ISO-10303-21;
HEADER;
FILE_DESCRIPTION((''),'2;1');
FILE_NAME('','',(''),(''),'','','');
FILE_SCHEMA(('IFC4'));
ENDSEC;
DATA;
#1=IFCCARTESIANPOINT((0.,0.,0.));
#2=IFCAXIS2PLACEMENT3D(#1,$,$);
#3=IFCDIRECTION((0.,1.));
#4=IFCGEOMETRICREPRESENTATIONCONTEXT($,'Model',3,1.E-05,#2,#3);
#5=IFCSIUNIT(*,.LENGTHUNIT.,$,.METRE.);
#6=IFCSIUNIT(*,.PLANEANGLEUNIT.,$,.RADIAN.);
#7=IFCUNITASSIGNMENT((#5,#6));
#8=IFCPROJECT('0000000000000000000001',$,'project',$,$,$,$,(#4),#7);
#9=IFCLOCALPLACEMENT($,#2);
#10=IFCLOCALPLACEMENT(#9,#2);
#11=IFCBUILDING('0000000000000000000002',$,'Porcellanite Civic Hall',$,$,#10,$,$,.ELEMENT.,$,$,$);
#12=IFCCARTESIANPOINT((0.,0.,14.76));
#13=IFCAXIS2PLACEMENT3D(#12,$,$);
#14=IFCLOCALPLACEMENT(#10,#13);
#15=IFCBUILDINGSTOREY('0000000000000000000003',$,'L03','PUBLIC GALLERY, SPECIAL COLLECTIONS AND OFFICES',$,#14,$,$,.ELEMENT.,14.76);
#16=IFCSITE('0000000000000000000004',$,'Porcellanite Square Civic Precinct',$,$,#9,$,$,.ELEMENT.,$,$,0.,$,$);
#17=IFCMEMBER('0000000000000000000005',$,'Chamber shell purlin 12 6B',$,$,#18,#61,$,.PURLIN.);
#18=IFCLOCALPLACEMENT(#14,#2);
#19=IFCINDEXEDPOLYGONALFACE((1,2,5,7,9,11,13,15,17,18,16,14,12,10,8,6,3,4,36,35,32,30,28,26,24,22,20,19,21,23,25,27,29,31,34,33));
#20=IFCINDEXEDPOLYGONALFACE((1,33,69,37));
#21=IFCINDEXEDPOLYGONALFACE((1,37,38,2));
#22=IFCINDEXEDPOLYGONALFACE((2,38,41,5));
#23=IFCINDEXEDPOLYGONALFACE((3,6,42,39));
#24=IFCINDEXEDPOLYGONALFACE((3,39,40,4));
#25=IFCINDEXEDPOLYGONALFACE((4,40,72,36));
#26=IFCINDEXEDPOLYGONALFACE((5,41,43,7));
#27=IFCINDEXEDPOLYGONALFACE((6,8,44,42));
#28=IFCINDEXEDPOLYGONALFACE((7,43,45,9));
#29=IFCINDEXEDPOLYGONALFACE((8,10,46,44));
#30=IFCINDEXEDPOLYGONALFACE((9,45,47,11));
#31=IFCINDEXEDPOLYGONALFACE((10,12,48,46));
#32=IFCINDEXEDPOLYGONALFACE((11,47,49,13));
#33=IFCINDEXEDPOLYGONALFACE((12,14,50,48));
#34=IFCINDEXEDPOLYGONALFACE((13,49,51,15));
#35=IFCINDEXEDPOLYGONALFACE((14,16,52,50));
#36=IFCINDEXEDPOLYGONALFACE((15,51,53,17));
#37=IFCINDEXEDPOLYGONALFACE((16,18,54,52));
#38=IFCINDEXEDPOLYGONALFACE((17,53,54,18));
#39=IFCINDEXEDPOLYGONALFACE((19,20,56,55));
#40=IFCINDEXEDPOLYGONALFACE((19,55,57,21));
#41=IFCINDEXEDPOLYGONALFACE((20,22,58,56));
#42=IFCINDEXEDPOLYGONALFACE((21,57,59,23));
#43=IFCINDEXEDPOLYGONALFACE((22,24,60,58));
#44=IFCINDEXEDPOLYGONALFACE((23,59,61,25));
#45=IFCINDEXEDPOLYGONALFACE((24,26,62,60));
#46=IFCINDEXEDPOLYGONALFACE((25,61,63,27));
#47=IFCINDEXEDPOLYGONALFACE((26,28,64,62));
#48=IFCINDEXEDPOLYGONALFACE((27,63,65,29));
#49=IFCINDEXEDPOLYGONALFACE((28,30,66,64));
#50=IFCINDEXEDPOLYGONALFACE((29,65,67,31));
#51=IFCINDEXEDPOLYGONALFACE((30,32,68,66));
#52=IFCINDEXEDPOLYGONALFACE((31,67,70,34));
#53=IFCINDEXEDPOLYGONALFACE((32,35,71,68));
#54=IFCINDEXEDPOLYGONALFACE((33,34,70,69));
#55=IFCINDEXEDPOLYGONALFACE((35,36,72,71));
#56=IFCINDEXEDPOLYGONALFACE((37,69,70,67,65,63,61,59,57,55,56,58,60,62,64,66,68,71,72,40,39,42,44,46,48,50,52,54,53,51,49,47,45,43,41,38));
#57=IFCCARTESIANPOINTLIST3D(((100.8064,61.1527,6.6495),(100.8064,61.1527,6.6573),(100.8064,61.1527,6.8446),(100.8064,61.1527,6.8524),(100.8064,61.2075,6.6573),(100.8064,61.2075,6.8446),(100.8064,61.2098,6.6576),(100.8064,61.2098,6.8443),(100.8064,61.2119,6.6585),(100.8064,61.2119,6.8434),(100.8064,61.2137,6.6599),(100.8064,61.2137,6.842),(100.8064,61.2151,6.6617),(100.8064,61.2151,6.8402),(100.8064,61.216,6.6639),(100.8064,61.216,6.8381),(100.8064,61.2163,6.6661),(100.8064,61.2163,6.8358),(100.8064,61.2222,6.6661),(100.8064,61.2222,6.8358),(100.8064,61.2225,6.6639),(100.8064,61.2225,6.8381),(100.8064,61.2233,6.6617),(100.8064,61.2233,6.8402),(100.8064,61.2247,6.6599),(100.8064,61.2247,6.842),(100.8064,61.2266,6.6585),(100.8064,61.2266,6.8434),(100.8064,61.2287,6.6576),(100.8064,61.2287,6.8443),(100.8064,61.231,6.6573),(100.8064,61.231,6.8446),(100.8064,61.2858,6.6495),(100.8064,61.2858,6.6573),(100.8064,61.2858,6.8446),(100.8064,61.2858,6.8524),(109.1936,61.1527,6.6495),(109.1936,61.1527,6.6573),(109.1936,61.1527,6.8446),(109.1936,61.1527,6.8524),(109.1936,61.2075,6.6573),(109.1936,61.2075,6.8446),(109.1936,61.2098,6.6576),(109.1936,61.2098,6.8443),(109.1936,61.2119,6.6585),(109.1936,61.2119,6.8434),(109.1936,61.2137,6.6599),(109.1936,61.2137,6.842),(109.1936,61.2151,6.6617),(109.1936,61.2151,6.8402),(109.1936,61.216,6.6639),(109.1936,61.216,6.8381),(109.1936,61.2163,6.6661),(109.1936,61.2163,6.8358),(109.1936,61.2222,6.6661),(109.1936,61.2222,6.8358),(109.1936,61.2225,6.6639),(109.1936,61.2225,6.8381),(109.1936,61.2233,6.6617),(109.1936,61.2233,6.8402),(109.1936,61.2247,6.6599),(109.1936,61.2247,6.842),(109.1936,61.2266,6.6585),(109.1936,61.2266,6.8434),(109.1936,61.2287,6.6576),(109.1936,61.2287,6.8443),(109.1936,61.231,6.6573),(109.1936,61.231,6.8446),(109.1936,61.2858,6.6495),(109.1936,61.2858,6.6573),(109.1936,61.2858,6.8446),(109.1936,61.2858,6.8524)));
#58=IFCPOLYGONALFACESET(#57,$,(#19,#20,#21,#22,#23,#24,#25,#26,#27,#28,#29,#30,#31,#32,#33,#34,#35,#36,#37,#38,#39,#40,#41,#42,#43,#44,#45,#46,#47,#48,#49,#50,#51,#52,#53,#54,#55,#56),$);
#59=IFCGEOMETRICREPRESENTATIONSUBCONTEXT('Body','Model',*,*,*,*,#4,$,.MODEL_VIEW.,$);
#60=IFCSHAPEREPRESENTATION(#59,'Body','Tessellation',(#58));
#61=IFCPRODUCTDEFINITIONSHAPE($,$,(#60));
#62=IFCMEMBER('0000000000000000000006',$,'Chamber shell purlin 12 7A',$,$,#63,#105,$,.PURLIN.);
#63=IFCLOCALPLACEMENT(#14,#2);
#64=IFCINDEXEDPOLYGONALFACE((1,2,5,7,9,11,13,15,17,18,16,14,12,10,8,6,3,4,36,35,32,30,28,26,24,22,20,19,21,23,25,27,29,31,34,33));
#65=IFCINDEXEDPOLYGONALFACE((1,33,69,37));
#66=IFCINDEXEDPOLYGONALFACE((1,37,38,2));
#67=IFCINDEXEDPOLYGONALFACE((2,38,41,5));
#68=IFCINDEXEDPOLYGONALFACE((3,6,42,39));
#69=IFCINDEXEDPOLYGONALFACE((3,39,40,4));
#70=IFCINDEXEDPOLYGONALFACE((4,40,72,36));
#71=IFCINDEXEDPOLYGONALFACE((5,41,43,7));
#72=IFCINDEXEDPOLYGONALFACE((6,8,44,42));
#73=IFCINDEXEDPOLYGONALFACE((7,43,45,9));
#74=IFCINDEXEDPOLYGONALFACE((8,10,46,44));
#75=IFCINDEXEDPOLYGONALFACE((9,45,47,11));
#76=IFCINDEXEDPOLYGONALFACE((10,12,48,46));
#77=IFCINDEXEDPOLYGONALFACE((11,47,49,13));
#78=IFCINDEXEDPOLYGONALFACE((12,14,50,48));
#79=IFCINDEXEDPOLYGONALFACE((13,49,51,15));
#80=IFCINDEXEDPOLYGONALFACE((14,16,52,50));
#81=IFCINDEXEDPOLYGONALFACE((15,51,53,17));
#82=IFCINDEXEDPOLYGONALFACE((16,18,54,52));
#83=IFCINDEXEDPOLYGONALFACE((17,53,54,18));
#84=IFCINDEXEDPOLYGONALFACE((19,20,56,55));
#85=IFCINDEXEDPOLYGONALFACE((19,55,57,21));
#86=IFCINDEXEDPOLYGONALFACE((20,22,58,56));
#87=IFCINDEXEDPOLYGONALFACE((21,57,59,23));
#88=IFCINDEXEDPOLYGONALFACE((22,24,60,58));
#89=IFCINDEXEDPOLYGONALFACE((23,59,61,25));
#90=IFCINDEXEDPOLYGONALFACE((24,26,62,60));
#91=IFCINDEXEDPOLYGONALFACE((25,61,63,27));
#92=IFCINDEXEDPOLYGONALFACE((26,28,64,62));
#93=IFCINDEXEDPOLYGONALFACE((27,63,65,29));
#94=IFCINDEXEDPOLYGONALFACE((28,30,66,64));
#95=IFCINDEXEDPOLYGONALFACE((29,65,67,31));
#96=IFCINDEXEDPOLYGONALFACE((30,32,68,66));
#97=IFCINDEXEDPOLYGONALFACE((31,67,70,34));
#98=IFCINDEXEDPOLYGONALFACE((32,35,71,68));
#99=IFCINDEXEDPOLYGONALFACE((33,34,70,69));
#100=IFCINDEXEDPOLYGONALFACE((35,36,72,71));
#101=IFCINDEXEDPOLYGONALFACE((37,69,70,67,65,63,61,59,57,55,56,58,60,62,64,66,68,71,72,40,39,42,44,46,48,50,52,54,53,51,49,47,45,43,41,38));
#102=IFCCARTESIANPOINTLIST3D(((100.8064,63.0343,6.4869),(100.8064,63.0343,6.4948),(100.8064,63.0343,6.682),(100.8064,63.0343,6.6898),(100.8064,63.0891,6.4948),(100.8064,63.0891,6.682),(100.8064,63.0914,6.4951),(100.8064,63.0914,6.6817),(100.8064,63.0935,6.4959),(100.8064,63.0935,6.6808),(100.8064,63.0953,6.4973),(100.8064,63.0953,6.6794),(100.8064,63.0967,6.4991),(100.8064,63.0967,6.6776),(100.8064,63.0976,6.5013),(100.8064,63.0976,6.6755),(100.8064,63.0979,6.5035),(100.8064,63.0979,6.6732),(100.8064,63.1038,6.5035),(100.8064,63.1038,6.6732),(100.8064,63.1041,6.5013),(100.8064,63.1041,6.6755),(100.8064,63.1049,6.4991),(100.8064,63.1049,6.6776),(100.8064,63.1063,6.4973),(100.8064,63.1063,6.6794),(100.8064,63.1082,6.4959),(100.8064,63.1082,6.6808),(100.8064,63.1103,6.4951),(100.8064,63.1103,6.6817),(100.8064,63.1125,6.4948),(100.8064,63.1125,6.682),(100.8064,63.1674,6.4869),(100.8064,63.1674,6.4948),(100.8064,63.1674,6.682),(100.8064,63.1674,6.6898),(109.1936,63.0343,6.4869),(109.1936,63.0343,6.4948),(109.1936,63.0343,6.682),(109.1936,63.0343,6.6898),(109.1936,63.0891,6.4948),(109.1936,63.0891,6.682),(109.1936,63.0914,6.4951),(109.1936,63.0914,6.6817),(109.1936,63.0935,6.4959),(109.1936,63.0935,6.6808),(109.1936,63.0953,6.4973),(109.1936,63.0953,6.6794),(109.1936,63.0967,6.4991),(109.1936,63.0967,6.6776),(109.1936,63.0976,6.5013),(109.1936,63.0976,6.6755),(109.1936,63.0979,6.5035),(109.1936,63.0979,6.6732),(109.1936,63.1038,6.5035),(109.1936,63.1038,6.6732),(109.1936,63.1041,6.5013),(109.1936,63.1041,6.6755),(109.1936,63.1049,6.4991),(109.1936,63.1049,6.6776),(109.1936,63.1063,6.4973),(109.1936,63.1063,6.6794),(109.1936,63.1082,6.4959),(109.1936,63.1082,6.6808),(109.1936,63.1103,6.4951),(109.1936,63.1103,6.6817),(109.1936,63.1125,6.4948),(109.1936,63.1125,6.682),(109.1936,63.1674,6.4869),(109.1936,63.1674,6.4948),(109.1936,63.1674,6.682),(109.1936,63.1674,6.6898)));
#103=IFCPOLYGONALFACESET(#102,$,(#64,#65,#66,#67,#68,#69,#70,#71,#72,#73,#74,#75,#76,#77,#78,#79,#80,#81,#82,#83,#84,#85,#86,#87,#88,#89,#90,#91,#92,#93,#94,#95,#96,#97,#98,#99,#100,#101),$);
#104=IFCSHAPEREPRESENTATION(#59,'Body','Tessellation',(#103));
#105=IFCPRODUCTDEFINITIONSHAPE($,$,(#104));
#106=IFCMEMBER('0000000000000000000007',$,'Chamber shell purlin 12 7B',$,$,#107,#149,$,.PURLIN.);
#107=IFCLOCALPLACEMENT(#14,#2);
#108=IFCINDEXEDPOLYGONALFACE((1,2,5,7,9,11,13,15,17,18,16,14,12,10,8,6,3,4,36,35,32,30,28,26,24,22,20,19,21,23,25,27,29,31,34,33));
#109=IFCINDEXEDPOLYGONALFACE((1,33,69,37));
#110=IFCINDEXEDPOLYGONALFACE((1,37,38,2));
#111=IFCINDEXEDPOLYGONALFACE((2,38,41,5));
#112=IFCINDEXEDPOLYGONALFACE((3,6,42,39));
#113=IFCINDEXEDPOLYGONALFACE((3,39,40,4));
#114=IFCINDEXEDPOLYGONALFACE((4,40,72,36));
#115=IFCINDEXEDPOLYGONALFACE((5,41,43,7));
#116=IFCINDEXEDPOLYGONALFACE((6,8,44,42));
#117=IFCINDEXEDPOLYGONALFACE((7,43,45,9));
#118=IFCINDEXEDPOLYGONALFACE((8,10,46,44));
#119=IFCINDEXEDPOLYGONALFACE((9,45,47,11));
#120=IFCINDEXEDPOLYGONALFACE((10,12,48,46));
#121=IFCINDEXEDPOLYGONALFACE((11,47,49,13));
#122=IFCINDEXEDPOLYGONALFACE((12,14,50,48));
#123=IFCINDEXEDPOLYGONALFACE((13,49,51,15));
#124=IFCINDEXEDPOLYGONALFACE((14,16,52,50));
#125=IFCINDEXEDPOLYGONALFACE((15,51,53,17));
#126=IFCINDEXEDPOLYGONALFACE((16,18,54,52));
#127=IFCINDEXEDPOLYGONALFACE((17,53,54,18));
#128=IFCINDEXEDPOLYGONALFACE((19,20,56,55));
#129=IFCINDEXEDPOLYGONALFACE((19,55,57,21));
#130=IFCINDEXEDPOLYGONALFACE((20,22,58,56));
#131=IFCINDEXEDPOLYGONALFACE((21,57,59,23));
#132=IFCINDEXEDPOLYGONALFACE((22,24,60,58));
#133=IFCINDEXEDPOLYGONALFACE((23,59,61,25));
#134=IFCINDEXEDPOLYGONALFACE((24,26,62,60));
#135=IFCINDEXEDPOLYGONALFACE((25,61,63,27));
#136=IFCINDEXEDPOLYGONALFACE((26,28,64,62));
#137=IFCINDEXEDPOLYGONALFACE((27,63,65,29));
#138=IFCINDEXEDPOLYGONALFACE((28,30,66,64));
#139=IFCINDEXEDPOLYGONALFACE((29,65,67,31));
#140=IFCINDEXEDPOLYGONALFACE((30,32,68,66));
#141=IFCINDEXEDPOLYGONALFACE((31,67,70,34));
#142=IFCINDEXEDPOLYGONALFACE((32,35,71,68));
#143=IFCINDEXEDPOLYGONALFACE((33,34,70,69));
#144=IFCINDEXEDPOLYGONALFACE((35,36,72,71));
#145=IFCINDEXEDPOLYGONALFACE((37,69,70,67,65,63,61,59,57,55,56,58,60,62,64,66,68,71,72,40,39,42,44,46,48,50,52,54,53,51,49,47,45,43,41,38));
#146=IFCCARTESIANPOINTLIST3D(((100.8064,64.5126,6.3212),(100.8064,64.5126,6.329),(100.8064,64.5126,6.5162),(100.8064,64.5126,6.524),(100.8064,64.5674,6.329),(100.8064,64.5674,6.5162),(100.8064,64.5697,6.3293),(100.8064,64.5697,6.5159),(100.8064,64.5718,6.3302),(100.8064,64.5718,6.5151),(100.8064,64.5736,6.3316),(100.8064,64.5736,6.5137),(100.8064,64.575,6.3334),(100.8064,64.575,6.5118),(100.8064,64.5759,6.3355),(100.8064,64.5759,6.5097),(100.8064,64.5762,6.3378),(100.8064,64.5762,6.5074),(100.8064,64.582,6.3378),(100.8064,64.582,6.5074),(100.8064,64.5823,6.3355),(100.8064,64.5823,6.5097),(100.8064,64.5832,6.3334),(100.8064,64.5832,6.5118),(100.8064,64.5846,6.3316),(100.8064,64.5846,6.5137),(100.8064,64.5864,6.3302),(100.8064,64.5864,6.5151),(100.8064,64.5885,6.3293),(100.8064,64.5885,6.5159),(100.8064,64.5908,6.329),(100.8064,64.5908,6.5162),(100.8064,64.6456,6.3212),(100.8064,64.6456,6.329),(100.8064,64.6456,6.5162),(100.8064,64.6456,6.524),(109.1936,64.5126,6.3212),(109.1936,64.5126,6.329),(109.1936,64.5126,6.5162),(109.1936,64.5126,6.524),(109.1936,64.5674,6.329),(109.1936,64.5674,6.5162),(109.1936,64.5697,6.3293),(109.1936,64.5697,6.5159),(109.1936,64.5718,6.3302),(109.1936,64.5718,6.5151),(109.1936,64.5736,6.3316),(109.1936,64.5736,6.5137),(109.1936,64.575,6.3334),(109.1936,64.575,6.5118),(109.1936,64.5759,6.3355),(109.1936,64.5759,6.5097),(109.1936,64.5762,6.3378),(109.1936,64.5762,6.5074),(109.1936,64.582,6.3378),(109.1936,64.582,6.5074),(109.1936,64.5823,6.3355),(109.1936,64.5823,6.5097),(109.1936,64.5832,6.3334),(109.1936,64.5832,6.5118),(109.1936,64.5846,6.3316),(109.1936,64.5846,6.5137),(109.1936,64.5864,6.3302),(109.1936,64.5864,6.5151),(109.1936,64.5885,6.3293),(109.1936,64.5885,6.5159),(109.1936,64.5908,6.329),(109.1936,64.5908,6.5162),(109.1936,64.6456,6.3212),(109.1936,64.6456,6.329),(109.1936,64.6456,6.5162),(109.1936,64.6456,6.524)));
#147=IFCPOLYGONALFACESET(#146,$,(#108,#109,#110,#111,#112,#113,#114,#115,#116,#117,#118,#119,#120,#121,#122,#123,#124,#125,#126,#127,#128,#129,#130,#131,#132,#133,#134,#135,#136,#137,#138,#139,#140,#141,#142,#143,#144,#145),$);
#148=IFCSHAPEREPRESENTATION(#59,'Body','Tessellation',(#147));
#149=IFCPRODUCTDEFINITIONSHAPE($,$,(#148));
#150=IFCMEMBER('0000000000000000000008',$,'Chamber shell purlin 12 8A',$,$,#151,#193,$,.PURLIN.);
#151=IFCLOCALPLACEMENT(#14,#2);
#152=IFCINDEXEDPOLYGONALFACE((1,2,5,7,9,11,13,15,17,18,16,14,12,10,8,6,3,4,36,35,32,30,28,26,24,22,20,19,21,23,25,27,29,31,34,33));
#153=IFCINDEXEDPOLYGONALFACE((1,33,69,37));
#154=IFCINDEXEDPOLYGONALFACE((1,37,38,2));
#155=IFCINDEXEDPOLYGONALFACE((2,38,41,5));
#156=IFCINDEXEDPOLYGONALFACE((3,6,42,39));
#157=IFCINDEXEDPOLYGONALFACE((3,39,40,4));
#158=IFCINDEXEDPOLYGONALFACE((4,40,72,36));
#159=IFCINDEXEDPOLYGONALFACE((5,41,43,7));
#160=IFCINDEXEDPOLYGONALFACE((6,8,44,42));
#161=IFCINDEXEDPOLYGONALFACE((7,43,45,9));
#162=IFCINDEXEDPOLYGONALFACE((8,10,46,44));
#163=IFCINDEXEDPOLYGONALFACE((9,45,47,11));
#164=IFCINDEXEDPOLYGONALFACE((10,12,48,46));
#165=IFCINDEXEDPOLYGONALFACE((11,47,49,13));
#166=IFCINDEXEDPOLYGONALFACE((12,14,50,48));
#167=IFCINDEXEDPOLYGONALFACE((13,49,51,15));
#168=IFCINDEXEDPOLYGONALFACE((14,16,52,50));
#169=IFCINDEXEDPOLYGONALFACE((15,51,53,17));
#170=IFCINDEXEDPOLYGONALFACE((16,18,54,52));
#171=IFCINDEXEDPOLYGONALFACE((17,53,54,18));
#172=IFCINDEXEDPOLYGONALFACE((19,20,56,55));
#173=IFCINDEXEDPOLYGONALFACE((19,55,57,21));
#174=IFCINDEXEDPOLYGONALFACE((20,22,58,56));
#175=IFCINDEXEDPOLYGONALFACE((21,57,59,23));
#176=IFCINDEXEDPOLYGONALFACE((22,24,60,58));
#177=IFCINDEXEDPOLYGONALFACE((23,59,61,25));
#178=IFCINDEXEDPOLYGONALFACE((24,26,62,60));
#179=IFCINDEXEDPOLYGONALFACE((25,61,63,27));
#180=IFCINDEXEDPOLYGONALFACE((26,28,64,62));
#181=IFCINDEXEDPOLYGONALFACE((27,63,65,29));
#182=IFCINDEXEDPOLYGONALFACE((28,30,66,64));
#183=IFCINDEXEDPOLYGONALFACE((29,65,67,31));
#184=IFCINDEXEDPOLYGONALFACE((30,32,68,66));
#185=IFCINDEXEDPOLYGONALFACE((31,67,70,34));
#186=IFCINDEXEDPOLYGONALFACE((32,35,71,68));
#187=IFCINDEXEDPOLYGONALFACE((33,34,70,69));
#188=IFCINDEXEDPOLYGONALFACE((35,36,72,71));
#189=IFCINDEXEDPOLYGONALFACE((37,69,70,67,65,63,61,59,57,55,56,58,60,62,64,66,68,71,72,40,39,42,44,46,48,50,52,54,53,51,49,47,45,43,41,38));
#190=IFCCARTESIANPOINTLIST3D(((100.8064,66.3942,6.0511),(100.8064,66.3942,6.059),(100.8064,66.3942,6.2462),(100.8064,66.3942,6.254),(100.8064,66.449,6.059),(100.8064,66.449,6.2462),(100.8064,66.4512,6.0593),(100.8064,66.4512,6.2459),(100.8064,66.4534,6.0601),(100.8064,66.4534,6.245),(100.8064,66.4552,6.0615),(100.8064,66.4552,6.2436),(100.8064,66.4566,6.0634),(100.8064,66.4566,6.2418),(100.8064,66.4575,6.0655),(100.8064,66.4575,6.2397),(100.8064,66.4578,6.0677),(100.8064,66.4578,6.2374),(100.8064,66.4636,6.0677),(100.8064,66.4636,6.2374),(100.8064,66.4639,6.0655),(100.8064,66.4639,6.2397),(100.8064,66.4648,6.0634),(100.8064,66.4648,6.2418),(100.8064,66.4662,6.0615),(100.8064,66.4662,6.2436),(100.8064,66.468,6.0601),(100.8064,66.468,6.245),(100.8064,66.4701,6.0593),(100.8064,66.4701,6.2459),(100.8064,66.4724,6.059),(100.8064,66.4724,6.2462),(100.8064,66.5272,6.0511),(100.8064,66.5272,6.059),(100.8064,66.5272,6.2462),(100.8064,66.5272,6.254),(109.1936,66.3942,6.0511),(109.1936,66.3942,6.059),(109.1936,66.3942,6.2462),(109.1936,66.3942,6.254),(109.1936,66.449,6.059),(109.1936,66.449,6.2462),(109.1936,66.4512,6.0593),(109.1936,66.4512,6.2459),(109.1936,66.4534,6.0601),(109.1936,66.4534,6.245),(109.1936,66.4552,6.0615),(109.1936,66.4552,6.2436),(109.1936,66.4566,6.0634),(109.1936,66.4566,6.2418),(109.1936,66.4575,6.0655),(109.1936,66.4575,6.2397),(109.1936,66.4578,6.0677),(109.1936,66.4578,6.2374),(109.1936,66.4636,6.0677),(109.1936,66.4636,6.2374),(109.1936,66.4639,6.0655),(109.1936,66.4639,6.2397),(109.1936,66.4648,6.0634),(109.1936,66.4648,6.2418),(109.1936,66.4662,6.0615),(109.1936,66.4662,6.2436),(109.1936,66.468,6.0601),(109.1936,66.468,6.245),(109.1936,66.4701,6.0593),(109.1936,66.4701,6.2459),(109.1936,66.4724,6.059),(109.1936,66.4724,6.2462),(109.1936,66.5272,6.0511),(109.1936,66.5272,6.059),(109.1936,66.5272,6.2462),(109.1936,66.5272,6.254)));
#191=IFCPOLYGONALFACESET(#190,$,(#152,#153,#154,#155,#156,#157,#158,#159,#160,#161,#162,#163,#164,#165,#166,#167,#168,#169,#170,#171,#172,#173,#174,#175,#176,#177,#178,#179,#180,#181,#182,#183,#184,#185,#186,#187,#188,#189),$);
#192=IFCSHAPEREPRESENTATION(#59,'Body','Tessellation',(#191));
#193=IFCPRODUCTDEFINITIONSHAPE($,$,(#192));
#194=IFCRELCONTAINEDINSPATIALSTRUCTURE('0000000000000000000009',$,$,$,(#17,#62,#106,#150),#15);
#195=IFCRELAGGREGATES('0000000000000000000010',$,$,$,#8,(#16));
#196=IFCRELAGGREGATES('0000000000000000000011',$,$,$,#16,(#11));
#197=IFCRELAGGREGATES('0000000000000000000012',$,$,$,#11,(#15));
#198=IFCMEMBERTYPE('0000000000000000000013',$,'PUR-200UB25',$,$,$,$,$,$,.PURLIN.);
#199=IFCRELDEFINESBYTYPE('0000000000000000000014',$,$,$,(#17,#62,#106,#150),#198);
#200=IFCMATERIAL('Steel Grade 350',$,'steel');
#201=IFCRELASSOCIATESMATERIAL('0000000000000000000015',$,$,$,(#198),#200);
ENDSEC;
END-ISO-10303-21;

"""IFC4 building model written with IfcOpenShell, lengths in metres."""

from ifc_helpers import new_model, si_unit, direction, frame, origin, origin_2d, place, context, subcontext, project, spatial, i_section, extrude, material, material_profile, profile_set, type_object, element, save


model = new_model("IFC4")

# Units and contexts
model_context = context("Model", 3, precision=1e-05, world=origin(), true_north=direction((0.0, 1.0)))
body_context = subcontext(model_context, "Body", "Model", "MODEL_VIEW")
ifc_project = project(units=[si_unit("LENGTHUNIT", "METRE"), si_unit("PLANEANGLEUNIT", "RADIAN")], contexts=[model_context])

# Site, building, storey
site_placement = place(None, origin())
site = spatial("IfcSite", under=ifc_project, at=site_placement, Name="Porcellanite Square Civic Precinct", CompositionType="ELEMENT", RefElevation=0.0)
building_placement = place(site_placement, origin())
building = spatial("IfcBuilding", under=site, at=building_placement, Name="Porcellanite Civic Hall", CompositionType="ELEMENT")
storey_placement = place(building_placement, frame((0.0, 0.0, 14.76)))
storey = spatial("IfcBuildingStorey", under=building, at=storey_placement, Name="L03", Description="PUBLIC GALLERY, SPECIAL COLLECTIONS AND OFFICES", CompositionType="ELEMENT", Elevation=14.76)

# Members
ifc_material_1 = material(Name="Steel Grade 350", Category="steel")
ifc_material_profile_1 = material_profile(ifc_material_1, i_section(OverallWidth=0.1331, OverallDepth=0.2029, WebThickness=0.0059, FlangeThickness=0.0078, FilletRadius=0.0088, at=origin_2d()), Name="200UB25.4")
ifc_profile_set_1 = profile_set([ifc_material_profile_1], Name="Steel Grade 350")
member_type_1 = type_object("IfcMemberType", Name="PUR-200UB25", PredefinedType="PURLIN", material=ifc_profile_set_1)
for number, where, z_axis, x_axis, name in (
    (1, (100.8064, 61.2192, 6.751), (1.0, 0.0, 0.0), (0.0, 1.0, 0.0), "Chamber shell purlin 12 6B"),
    (2, (100.8064, 63.1008, 6.5884), (1.0, 0.0, 0.0), (0.0, 1.0, 0.0), "Chamber shell purlin 12 7A"),
    (3, (100.8064, 64.5791, 6.4226), (1.0, 0.0, 0.0), (0.0, 1.0, 0.0), "Chamber shell purlin 12 7B"),
    (4, (100.8064, 66.4607, 6.1526), (1.0, 0.0, 0.0), (0.0, 1.0, 0.0), "Chamber shell purlin 12 8A"),
):
    element("IfcMember", number, at=place(storey_placement, frame(where, z_axis=z_axis, x_axis=x_axis)), inside=storey, type_object=member_type_1, Name=name, PredefinedType="PURLIN", context=body_context, shape_type="SweptSolid", body=[
        extrude(i_section(OverallWidth=0.1331, OverallDepth=0.2029, WebThickness=0.0059, FlangeThickness=0.0078, FilletRadius=0.0088, at=origin_2d()), origin(), (0.0, 0.0, 1.0), 8.3872),
    ])

save(model, "model.ifc")
